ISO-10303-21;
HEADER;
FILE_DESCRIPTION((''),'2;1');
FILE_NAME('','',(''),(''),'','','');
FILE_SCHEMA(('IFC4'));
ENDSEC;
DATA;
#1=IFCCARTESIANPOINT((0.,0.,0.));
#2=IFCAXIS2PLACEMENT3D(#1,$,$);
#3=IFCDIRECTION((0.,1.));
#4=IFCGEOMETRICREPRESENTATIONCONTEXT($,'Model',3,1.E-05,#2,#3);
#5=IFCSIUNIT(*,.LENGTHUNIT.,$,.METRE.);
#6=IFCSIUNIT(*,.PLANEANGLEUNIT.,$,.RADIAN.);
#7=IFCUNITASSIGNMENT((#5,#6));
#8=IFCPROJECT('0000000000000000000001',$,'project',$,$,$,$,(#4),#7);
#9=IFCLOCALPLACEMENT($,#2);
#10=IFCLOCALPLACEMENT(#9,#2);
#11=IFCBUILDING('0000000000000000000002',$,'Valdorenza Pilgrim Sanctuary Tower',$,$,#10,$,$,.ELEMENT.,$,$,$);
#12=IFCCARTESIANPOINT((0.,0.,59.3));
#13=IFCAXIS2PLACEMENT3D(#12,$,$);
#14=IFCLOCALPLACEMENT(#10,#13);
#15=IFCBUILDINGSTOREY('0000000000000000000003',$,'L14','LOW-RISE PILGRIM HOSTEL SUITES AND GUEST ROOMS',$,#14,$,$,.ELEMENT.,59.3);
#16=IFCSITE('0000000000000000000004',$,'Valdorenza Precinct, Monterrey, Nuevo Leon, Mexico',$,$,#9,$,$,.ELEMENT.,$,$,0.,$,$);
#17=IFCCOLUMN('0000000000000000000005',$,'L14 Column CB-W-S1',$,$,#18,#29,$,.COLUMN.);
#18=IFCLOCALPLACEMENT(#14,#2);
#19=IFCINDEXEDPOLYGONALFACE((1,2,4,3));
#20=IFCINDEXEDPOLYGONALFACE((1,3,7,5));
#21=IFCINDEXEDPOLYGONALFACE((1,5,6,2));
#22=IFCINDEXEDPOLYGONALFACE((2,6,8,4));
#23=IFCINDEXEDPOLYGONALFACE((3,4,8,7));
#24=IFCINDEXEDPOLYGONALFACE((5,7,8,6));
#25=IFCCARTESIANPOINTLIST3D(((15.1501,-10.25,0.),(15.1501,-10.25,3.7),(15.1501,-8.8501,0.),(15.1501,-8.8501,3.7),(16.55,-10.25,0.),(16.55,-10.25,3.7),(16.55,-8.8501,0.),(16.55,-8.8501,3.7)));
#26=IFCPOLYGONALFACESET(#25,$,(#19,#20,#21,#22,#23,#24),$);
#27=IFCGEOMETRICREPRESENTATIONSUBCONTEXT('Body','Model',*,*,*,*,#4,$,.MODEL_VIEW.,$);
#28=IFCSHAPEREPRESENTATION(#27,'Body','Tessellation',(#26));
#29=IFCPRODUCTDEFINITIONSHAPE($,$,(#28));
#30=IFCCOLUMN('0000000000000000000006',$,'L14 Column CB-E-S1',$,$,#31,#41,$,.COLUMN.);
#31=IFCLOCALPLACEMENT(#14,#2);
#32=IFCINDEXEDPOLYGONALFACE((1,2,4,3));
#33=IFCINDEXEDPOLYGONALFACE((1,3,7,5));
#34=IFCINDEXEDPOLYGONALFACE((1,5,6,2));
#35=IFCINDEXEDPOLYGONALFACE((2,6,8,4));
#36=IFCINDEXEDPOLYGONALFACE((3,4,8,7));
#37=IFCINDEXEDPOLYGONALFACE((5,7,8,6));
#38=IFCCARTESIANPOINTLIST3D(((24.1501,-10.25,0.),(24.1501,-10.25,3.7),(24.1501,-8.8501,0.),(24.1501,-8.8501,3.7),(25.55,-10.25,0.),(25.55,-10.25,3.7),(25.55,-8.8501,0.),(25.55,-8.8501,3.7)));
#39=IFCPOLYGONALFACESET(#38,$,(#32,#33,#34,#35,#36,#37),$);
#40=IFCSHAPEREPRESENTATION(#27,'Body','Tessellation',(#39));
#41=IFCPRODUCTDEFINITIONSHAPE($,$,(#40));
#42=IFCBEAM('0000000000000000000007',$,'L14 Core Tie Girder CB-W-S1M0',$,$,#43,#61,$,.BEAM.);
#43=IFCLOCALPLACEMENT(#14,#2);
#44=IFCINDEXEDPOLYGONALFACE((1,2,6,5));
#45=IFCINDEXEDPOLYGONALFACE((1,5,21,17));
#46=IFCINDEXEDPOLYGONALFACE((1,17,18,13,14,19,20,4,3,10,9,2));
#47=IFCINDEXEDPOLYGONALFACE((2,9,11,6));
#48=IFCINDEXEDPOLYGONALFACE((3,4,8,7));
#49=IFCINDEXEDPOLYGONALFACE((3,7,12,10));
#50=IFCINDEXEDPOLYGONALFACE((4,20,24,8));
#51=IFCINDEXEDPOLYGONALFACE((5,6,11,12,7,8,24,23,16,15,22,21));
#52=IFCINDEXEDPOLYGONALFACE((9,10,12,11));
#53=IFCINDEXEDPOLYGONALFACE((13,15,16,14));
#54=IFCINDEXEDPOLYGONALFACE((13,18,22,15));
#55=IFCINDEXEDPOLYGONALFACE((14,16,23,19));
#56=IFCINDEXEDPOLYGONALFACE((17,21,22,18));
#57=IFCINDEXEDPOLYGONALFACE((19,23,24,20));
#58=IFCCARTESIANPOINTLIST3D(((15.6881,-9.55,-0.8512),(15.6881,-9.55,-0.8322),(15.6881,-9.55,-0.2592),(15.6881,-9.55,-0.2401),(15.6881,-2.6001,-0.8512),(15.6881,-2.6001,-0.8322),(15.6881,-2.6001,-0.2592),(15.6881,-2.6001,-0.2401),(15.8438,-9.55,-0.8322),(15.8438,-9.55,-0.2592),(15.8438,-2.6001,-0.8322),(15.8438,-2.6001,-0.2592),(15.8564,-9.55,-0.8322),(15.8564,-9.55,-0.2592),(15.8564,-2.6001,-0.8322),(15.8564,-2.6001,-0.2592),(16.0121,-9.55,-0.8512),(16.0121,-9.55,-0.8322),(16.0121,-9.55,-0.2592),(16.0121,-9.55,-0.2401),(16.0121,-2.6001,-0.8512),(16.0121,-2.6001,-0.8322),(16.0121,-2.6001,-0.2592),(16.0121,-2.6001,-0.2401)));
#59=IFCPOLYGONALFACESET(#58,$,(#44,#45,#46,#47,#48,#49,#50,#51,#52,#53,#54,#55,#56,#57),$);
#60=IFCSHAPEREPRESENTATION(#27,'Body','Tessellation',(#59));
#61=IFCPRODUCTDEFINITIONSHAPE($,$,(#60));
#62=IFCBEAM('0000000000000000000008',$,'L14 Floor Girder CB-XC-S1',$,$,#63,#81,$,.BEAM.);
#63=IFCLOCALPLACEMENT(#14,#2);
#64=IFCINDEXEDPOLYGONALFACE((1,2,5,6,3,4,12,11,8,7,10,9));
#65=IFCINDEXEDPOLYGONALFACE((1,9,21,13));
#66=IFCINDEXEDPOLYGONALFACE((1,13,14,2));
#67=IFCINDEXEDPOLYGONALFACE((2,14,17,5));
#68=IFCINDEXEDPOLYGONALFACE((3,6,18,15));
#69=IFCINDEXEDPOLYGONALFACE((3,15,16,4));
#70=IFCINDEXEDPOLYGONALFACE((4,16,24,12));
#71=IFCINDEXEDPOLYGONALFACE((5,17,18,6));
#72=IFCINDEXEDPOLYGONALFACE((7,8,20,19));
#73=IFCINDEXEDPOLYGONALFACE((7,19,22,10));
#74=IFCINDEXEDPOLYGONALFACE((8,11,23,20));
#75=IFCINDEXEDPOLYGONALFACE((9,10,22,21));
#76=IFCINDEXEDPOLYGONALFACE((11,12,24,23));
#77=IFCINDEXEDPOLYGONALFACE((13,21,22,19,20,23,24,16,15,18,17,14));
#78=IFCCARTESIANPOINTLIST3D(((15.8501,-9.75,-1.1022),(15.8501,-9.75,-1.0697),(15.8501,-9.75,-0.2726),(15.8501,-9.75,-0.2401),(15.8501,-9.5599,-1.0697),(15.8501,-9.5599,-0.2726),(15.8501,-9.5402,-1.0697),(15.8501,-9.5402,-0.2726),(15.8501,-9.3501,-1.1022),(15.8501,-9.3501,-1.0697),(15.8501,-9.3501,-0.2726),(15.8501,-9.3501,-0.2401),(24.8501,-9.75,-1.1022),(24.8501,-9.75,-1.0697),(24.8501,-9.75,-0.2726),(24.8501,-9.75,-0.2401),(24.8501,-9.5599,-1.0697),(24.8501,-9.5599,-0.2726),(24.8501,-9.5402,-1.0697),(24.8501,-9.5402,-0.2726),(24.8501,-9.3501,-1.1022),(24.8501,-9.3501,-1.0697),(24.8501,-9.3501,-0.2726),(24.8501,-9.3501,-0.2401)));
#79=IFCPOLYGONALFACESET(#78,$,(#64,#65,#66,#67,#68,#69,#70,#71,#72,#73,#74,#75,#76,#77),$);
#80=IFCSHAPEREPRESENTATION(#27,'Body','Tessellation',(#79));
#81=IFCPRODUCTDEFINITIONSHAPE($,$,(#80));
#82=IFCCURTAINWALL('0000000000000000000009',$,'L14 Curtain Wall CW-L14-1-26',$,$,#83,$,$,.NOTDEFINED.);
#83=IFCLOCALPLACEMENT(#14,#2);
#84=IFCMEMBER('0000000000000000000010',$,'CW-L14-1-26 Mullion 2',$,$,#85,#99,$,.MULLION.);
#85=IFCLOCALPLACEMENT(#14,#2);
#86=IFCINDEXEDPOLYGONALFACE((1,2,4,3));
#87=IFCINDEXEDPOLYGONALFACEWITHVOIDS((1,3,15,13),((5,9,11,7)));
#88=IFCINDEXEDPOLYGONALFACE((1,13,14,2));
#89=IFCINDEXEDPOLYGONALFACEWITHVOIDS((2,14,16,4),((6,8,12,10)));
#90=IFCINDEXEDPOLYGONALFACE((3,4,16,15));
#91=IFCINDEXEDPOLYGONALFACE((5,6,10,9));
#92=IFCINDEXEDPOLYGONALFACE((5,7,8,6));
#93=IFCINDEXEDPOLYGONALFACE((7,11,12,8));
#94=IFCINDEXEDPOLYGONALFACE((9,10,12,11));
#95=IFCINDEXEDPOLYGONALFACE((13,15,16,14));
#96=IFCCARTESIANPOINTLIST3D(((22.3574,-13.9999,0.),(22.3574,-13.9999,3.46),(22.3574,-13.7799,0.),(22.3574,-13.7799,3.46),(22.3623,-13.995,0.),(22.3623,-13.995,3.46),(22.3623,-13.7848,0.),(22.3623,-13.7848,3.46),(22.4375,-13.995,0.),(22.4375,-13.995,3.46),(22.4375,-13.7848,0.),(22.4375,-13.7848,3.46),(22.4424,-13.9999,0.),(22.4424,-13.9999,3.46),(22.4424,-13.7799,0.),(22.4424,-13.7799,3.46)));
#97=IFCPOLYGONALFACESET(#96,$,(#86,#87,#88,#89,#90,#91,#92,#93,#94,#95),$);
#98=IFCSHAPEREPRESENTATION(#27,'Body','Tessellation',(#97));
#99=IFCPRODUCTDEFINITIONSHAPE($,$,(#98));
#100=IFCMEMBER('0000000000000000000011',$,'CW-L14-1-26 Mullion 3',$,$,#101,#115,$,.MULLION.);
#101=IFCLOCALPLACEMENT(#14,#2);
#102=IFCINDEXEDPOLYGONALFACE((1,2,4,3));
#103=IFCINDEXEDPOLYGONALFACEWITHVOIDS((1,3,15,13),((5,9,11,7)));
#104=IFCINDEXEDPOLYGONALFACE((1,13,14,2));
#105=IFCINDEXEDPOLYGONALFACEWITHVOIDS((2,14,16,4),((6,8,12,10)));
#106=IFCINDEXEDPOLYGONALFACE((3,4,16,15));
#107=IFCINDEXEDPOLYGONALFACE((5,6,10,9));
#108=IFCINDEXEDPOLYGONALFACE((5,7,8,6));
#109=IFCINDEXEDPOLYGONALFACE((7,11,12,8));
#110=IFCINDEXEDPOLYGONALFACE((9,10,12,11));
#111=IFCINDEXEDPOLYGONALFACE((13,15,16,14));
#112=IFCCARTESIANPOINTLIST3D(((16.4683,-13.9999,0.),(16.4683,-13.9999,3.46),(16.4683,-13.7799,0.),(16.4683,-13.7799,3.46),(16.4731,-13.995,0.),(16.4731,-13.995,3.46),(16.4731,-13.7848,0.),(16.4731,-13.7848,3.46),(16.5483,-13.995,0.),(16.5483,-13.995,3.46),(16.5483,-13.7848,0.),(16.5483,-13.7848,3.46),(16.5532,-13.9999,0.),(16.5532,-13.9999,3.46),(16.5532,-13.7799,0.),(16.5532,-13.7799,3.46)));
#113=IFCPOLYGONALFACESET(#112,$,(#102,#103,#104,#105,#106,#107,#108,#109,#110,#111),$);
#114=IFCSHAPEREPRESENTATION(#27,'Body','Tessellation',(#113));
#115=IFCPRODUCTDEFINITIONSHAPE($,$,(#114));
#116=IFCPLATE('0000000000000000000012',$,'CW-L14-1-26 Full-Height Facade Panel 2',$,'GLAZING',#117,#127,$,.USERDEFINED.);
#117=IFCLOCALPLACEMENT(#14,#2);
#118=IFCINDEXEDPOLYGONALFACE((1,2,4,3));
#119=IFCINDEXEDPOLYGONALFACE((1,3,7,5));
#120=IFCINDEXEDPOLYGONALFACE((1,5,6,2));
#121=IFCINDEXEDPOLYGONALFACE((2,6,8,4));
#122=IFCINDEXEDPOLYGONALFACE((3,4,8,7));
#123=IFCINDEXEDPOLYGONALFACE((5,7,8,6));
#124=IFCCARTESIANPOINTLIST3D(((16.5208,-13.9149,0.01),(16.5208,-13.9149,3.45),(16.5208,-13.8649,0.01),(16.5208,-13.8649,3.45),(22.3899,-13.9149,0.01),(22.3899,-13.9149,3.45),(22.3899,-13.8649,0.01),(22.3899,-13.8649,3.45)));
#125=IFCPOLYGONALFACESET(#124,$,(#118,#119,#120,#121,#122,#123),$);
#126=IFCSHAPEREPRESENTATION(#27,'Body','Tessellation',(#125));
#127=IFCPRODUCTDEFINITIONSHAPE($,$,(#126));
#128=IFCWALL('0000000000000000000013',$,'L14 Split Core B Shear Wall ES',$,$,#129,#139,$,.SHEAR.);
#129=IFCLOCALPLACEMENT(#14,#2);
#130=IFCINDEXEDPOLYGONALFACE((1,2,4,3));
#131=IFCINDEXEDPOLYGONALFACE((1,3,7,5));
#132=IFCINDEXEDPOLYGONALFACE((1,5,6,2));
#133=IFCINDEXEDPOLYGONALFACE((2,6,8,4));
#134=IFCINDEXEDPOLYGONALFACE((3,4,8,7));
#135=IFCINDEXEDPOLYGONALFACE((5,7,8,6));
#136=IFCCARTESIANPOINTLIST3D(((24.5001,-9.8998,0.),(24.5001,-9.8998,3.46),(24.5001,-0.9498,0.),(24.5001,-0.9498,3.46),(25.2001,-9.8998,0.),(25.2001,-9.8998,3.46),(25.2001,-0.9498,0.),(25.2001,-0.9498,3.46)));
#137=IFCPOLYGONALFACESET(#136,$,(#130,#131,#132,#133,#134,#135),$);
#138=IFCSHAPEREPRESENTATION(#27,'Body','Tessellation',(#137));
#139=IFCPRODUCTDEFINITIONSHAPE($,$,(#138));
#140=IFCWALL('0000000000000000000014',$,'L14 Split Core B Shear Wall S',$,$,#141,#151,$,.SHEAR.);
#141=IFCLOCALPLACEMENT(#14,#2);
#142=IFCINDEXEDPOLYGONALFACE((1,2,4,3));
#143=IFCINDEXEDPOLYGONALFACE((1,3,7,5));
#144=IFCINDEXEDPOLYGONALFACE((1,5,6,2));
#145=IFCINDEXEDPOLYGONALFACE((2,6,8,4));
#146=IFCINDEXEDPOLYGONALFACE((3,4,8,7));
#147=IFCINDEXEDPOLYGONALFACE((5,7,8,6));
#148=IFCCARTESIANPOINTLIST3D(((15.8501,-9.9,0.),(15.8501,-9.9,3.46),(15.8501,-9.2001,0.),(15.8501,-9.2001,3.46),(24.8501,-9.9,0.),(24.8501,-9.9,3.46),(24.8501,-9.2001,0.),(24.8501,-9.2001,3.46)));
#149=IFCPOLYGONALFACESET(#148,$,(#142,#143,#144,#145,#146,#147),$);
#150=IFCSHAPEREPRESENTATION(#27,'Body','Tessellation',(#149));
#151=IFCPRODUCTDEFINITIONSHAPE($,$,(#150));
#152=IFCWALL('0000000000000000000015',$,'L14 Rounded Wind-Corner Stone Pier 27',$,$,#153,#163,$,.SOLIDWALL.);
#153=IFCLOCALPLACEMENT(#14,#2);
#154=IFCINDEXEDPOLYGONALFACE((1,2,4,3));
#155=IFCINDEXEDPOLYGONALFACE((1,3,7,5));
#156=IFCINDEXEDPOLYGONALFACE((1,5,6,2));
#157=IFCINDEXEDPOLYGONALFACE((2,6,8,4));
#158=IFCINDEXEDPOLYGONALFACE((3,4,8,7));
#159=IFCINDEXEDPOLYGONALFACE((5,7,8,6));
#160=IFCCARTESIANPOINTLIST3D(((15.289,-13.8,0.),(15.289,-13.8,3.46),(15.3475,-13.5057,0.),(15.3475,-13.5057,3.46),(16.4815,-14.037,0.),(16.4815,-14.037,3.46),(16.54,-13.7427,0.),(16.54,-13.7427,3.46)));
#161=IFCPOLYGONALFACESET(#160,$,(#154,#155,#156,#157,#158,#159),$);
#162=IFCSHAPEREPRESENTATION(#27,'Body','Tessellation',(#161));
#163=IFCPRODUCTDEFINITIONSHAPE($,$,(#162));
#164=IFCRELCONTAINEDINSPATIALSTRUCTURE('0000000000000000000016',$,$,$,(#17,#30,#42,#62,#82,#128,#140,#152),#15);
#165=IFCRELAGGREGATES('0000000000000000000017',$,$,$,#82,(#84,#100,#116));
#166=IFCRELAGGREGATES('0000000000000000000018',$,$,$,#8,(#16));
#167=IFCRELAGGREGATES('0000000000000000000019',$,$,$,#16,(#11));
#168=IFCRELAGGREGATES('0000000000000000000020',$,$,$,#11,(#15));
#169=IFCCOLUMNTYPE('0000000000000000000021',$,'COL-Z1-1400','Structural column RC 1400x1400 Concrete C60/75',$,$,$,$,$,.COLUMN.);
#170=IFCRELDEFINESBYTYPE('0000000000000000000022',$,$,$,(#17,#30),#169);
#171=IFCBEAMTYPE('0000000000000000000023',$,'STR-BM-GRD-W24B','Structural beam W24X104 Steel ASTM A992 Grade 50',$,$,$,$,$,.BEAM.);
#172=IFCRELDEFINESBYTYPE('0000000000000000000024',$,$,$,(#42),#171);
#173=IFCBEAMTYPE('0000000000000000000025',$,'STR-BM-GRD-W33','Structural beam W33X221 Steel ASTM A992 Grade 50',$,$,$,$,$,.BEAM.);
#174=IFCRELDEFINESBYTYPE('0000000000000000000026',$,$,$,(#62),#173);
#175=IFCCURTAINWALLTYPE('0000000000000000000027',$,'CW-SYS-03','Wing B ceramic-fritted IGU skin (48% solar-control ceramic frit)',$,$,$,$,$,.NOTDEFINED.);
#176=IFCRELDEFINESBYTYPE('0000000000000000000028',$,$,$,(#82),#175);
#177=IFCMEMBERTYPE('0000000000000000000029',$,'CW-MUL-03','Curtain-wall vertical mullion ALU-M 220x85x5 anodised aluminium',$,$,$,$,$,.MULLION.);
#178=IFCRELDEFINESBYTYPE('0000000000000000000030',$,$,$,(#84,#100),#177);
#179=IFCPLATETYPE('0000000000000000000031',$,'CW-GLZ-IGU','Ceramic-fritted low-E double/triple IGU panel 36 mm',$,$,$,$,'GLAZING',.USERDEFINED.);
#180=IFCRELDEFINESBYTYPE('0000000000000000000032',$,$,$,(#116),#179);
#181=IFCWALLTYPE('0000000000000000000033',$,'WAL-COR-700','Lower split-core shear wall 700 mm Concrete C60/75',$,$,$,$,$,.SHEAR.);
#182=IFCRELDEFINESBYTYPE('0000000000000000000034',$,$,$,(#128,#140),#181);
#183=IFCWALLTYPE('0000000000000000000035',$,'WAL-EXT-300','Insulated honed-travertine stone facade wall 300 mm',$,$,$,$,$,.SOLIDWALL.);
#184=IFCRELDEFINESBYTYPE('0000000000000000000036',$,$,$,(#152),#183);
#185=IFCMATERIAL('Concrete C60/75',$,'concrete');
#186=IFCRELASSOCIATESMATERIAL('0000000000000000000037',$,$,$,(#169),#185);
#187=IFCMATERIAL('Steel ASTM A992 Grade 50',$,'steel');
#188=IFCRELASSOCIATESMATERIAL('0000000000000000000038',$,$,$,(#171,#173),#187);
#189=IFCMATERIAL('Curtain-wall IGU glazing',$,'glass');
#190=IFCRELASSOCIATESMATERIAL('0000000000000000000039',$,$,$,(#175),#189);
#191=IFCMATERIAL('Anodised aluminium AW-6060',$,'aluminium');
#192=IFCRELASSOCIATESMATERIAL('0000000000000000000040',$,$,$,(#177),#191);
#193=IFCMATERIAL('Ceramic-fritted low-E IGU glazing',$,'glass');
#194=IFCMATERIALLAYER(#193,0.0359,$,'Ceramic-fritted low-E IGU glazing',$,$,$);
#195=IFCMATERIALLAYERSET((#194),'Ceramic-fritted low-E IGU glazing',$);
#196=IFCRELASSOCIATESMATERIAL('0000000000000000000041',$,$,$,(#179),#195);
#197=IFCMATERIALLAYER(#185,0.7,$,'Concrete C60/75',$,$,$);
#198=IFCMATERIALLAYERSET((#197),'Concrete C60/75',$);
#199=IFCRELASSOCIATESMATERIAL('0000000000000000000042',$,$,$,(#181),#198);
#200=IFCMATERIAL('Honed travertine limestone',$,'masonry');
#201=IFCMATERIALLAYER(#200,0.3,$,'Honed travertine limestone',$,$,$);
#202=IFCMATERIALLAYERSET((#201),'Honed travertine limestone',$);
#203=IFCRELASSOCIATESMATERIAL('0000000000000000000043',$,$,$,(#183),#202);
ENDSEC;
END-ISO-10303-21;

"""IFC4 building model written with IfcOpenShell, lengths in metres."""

from ifc_helpers import new_model, si_unit, direction, frame, frame_2d, origin, origin_2d, place, context, subcontext, project, spatial, rectangle, hollow_rectangle, i_section, extrude, source, transform, mapped, material, layer, layer_set, material_profile, profile_set, type_object, element, aggregate, save


model = new_model("IFC4")

# Units and contexts
model_context = context("Model", 3, precision=1e-05, world=origin(), true_north=direction((0.0, 1.0)))
body_context = subcontext(model_context, "Body", "Model", "MODEL_VIEW")
ifc_project = project(units=[si_unit("LENGTHUNIT", "METRE"), si_unit("PLANEANGLEUNIT", "RADIAN")], contexts=[model_context])

# Site, building, storey
site_placement = place(None, origin())
site = spatial("IfcSite", under=ifc_project, at=site_placement, Name="Valdorenza Precinct, Monterrey, Nuevo Leon, Mexico", CompositionType="ELEMENT", RefElevation=0.0)
building_placement = place(site_placement, origin())
building = spatial("IfcBuilding", under=site, at=building_placement, Name="Valdorenza Pilgrim Sanctuary Tower", CompositionType="ELEMENT")
storey_placement = place(building_placement, frame((0.0, 0.0, 59.3)))
storey = spatial("IfcBuildingStorey", under=building, at=storey_placement, Name="L14", Description="LOW-RISE PILGRIM HOSTEL SUITES AND GUEST ROOMS", CompositionType="ELEMENT", Elevation=59.3)

# Columns
ifc_material_1 = material(Name="Concrete C60/75", Category="concrete")
ifc_material_profile_1 = material_profile(ifc_material_1, rectangle(XDim=1.3999, YDim=1.3999, at=origin_2d()), Name="RC 1400x1400")
ifc_profile_set_1 = profile_set([ifc_material_profile_1], Name="Concrete C60/75")
column_type = type_object("IfcColumnType", Name="COL-Z1-1400", Description="Structural column RC 1400x1400 Concrete C60/75", PredefinedType="COLUMN", material=ifc_profile_set_1)
shared_shape_1 = source(origin(), body_context, "Body", "SweptSolid", [
    extrude(rectangle(XDim=1.3999, YDim=1.3999, at=origin_2d()), origin(), (0.0, 0.0, 1.0), 3.7),
])
for number, where, z_axis, x_axis, name in (
    (1, (15.8501, -9.55, 0.0), (0.0, 0.0, 1.0), (1.0, 0.0, 0.0), "L14 Column CB-W-S1"),
    (2, (24.8501, -9.55, 0.0), (0.0, 0.0, 1.0), (1.0, 0.0, 0.0), "L14 Column CB-E-S1"),
):
    element("IfcColumn", number, at=place(storey_placement, frame(where, z_axis=z_axis, x_axis=x_axis)), inside=storey, type_object=column_type, Name=name, PredefinedType="COLUMN", context=body_context, shape_type="MappedRepresentation", body=[
        mapped(shared_shape_1, transform((0.0, 0.0, 0.0), x_axis=(1.0, 0.0, 0.0), y_axis=(0.0, 1.0, 0.0), z_axis=(0.0, 0.0, 1.0), scale=1.0)),
    ])

# Beams
ifc_material_2 = material(Name="Steel ASTM A992 Grade 50", Category="steel")
ifc_material_profile_2 = material_profile(ifc_material_2, i_section(OverallWidth=0.324, OverallDepth=0.6111, WebThickness=0.0127, FlangeThickness=0.019, at=origin_2d()), Name="W24X104")
ifc_profile_set_2 = profile_set([ifc_material_profile_2], Name="Steel ASTM A992 Grade 50")
beam_type_1 = type_object("IfcBeamType", Name="STR-BM-GRD-W24B", Description="Structural beam W24X104 Steel ASTM A992 Grade 50", PredefinedType="BEAM", material=ifc_profile_set_2)
shared_shape_2 = source(origin(), body_context, "Body", "SweptSolid", [
    extrude(i_section(OverallWidth=0.324, OverallDepth=0.6111, WebThickness=0.0127, FlangeThickness=0.019, at=origin_2d()), origin(), (0.0, 0.0, 1.0), 6.95),
])
beam_1_placement = place(storey_placement, frame((15.8501, -9.55, -0.5457), z_axis=(0.0, 1.0, 0.0), x_axis=(-1.0, 0.0, 0.0)))
element("IfcBeam", 3, at=beam_1_placement, inside=storey, type_object=beam_type_1, Name="L14 Core Tie Girder CB-W-S1M0", PredefinedType="BEAM", context=body_context, shape_type="MappedRepresentation", body=[
    mapped(shared_shape_2, transform((0.0, 0.0, 0.0), x_axis=(1.0, 0.0, 0.0), y_axis=(0.0, 1.0, 0.0), z_axis=(0.0, 0.0, 1.0), scale=1.0)),
])
ifc_material_profile_3 = material_profile(ifc_material_2, i_section(OverallWidth=0.3999, OverallDepth=0.8621, WebThickness=0.0198, FlangeThickness=0.0325, at=origin_2d()), Name="W33X221")
ifc_profile_set_3 = profile_set([ifc_material_profile_3], Name="Steel ASTM A992 Grade 50")
beam_type_2 = type_object("IfcBeamType", Name="STR-BM-GRD-W33", Description="Structural beam W33X221 Steel ASTM A992 Grade 50", PredefinedType="BEAM", material=ifc_profile_set_3)
shared_shape_3 = source(origin(), body_context, "Body", "SweptSolid", [
    extrude(i_section(OverallWidth=0.3999, OverallDepth=0.8621, WebThickness=0.0198, FlangeThickness=0.0325, at=origin_2d()), origin(), (0.0, 0.0, 1.0), 9.0),
])
beam_2_placement = place(storey_placement, frame((15.8501, -9.55, -0.6711), z_axis=(1.0, 0.0, 0.0), x_axis=(0.0, 1.0, 0.0)))
element("IfcBeam", 4, at=beam_2_placement, inside=storey, type_object=beam_type_2, Name="L14 Floor Girder CB-XC-S1", PredefinedType="BEAM", context=body_context, shape_type="MappedRepresentation", body=[
    mapped(shared_shape_3, transform((0.0, 0.0, 0.0), x_axis=(1.0, 0.0, 0.0), y_axis=(0.0, 1.0, 0.0), z_axis=(0.0, 0.0, 1.0), scale=1.0)),
])

# Curtain wall, members, plate
ifc_material_3 = material(Name="Curtain-wall IGU glazing", Category="glass")
curtain_wall_type = type_object("IfcCurtainWallType", Name="CW-SYS-03", Description="Wing B ceramic-fritted IGU skin (48% solar-control ceramic frit)", PredefinedType="NOTDEFINED", material=ifc_material_3)
curtain_wall_placement = place(storey_placement, origin())
curtain_wall = element("IfcCurtainWall", 5, at=curtain_wall_placement, inside=storey, type_object=curtain_wall_type, Name="L14 Curtain Wall CW-L14-1-26", PredefinedType="NOTDEFINED")
ifc_material_4 = material(Name="Anodised aluminium AW-6060", Category="aluminium")
ifc_material_profile_4 = material_profile(ifc_material_4, hollow_rectangle(XDim=0.085, YDim=0.22, WallThickness=0.0049, at=origin_2d()), Name="ALU-M 220x85x5")
ifc_profile_set_4 = profile_set([ifc_material_profile_4], Name="Anodised aluminium AW-6060")
member_type = type_object("IfcMemberType", Name="CW-MUL-03", Description="Curtain-wall vertical mullion ALU-M 220x85x5 anodised aluminium", PredefinedType="MULLION", material=ifc_profile_set_4)
shared_shape_4 = source(origin(), body_context, "Body", "SweptSolid", [
    extrude(hollow_rectangle(XDim=0.085, YDim=0.22, WallThickness=0.0049, at=origin_2d()), origin(), (0.0, 0.0, 1.0), 3.46),
])
member_1_placement = place(storey_placement, frame((22.3999, -13.8899, 0.0), z_axis=(0.0, 0.0, 1.0), x_axis=(-1.0, 0.0, 0.0)))
member_1 = element("IfcMember", 6, at=member_1_placement, type_object=member_type, Name="CW-L14-1-26 Mullion 2", PredefinedType="MULLION", context=body_context, shape_type="MappedRepresentation", body=[
    mapped(shared_shape_4, transform((0.0, 0.0, 0.0), x_axis=(1.0, 0.0, 0.0), y_axis=(0.0, 1.0, 0.0), z_axis=(0.0, 0.0, 1.0), scale=1.0)),
])
member_2_placement = place(storey_placement, frame((16.5107, -13.8899, 0.0), z_axis=(0.0, 0.0, 1.0), x_axis=(-1.0, 0.0, 0.0)))
member_2 = element("IfcMember", 7, at=member_2_placement, type_object=member_type, Name="CW-L14-1-26 Mullion 3", PredefinedType="MULLION", context=body_context, shape_type="MappedRepresentation", body=[
    mapped(shared_shape_4, transform((0.0, 0.0, 0.0), x_axis=(1.0, 0.0, 0.0), y_axis=(0.0, 1.0, 0.0), z_axis=(0.0, 0.0, 1.0), scale=1.0)),
])
ifc_material_5 = material(Name="Ceramic-fritted low-E IGU glazing", Category="glass")
ifc_layer_1 = layer(ifc_material_5, 0.0359, Name="Ceramic-fritted low-E IGU glazing")
ifc_layer_set_1 = layer_set([ifc_layer_1], Name="Ceramic-fritted low-E IGU glazing")
plate_type = type_object("IfcPlateType", Name="CW-GLZ-IGU", Description="Ceramic-fritted low-E double/triple IGU panel 36 mm", ElementType="GLAZING", PredefinedType="USERDEFINED", material=ifc_layer_set_1)
shared_shape_5 = source(origin(), body_context, "Body", "SweptSolid", [
    extrude(rectangle(XDim=5.8691, YDim=0.05, at=origin_2d()), origin(), (0.0, 0.0, 1.0), 3.4399),
])
plate_placement = place(storey_placement, frame((19.4553, -13.8899, 0.01), z_axis=(0.0, 0.0, 1.0), x_axis=(-1.0, 0.0, 0.0)))
plate = element("IfcPlate", 8, at=plate_placement, type_object=plate_type, Name="CW-L14-1-26 Full-Height Facade Panel 2", ObjectType="GLAZING", PredefinedType="USERDEFINED", context=body_context, shape_type="MappedRepresentation", body=[
    mapped(shared_shape_5, transform((0.0, 0.0, 0.0), x_axis=(1.0, 0.0, 0.0), y_axis=(0.0, 1.0, 0.0), z_axis=(0.0, 0.0, 1.0), scale=1.0)),
])
aggregate(curtain_wall, [member_1, member_2, plate])

# Walls
ifc_layer_2 = layer(ifc_material_1, 0.7, Name="Concrete C60/75")
ifc_layer_set_2 = layer_set([ifc_layer_2], Name="Concrete C60/75")
wall_type_1 = type_object("IfcWallType", Name="WAL-COR-700", Description="Lower split-core shear wall 700 mm Concrete C60/75", PredefinedType="SHEAR", material=ifc_layer_set_2)
wall_1_placement = place(storey_placement, frame((24.8501, -9.8999, 0.0), z_axis=(0.0, 0.0, 1.0), x_axis=(0.0, 1.0, 0.0)))
element("IfcWall", 9, at=wall_1_placement, inside=storey, type_object=wall_type_1, Name="L14 Split Core B Shear Wall ES", PredefinedType="SHEAR", context=body_context, shape_type="SweptSolid", body=[
    extrude(rectangle(XDim=8.95, YDim=0.7, at=frame_2d((4.4751, 0.0))), origin(), (0.0, 0.0, 1.0), 3.46),
])
wall_2_placement = place(storey_placement, frame((15.8501, -9.55, 0.0), z_axis=(0.0, 0.0, 1.0), x_axis=(1.0, 0.0, 0.0)))
element("IfcWall", 10, at=wall_2_placement, inside=storey, type_object=wall_type_1, Name="L14 Split Core B Shear Wall S", PredefinedType="SHEAR", context=body_context, shape_type="SweptSolid", body=[
    extrude(rectangle(XDim=9.0, YDim=0.7, at=frame_2d((4.5, 0.0))), origin(), (0.0, 0.0, 1.0), 3.46),
])
ifc_material_6 = material(Name="Honed travertine limestone", Category="masonry")
ifc_layer_3 = layer(ifc_material_6, 0.3, Name="Honed travertine limestone")
ifc_layer_set_3 = layer_set([ifc_layer_3], Name="Honed travertine limestone")
wall_type_2 = type_object("IfcWallType", Name="WAL-EXT-300", Description="Insulated honed-travertine stone facade wall 300 mm", PredefinedType="SOLIDWALL", material=ifc_layer_set_3)
wall_3_placement = place(storey_placement, frame((16.5107, -13.8899, 0.0), z_axis=(0.0, 0.0, 1.0), x_axis=(-0.980804, 0.194996, 0.0)))
element("IfcWall", 11, at=wall_3_placement, inside=storey, type_object=wall_type_2, Name="L14 Rounded Wind-Corner Stone Pier 27", PredefinedType="SOLIDWALL", context=body_context, shape_type="SweptSolid", body=[
    extrude(rectangle(XDim=1.2158, YDim=0.3, at=frame_2d((0.6079, 0.0))), origin(), (0.0, 0.0, 1.0), 3.46),
])

save(model, "model.ifc")
